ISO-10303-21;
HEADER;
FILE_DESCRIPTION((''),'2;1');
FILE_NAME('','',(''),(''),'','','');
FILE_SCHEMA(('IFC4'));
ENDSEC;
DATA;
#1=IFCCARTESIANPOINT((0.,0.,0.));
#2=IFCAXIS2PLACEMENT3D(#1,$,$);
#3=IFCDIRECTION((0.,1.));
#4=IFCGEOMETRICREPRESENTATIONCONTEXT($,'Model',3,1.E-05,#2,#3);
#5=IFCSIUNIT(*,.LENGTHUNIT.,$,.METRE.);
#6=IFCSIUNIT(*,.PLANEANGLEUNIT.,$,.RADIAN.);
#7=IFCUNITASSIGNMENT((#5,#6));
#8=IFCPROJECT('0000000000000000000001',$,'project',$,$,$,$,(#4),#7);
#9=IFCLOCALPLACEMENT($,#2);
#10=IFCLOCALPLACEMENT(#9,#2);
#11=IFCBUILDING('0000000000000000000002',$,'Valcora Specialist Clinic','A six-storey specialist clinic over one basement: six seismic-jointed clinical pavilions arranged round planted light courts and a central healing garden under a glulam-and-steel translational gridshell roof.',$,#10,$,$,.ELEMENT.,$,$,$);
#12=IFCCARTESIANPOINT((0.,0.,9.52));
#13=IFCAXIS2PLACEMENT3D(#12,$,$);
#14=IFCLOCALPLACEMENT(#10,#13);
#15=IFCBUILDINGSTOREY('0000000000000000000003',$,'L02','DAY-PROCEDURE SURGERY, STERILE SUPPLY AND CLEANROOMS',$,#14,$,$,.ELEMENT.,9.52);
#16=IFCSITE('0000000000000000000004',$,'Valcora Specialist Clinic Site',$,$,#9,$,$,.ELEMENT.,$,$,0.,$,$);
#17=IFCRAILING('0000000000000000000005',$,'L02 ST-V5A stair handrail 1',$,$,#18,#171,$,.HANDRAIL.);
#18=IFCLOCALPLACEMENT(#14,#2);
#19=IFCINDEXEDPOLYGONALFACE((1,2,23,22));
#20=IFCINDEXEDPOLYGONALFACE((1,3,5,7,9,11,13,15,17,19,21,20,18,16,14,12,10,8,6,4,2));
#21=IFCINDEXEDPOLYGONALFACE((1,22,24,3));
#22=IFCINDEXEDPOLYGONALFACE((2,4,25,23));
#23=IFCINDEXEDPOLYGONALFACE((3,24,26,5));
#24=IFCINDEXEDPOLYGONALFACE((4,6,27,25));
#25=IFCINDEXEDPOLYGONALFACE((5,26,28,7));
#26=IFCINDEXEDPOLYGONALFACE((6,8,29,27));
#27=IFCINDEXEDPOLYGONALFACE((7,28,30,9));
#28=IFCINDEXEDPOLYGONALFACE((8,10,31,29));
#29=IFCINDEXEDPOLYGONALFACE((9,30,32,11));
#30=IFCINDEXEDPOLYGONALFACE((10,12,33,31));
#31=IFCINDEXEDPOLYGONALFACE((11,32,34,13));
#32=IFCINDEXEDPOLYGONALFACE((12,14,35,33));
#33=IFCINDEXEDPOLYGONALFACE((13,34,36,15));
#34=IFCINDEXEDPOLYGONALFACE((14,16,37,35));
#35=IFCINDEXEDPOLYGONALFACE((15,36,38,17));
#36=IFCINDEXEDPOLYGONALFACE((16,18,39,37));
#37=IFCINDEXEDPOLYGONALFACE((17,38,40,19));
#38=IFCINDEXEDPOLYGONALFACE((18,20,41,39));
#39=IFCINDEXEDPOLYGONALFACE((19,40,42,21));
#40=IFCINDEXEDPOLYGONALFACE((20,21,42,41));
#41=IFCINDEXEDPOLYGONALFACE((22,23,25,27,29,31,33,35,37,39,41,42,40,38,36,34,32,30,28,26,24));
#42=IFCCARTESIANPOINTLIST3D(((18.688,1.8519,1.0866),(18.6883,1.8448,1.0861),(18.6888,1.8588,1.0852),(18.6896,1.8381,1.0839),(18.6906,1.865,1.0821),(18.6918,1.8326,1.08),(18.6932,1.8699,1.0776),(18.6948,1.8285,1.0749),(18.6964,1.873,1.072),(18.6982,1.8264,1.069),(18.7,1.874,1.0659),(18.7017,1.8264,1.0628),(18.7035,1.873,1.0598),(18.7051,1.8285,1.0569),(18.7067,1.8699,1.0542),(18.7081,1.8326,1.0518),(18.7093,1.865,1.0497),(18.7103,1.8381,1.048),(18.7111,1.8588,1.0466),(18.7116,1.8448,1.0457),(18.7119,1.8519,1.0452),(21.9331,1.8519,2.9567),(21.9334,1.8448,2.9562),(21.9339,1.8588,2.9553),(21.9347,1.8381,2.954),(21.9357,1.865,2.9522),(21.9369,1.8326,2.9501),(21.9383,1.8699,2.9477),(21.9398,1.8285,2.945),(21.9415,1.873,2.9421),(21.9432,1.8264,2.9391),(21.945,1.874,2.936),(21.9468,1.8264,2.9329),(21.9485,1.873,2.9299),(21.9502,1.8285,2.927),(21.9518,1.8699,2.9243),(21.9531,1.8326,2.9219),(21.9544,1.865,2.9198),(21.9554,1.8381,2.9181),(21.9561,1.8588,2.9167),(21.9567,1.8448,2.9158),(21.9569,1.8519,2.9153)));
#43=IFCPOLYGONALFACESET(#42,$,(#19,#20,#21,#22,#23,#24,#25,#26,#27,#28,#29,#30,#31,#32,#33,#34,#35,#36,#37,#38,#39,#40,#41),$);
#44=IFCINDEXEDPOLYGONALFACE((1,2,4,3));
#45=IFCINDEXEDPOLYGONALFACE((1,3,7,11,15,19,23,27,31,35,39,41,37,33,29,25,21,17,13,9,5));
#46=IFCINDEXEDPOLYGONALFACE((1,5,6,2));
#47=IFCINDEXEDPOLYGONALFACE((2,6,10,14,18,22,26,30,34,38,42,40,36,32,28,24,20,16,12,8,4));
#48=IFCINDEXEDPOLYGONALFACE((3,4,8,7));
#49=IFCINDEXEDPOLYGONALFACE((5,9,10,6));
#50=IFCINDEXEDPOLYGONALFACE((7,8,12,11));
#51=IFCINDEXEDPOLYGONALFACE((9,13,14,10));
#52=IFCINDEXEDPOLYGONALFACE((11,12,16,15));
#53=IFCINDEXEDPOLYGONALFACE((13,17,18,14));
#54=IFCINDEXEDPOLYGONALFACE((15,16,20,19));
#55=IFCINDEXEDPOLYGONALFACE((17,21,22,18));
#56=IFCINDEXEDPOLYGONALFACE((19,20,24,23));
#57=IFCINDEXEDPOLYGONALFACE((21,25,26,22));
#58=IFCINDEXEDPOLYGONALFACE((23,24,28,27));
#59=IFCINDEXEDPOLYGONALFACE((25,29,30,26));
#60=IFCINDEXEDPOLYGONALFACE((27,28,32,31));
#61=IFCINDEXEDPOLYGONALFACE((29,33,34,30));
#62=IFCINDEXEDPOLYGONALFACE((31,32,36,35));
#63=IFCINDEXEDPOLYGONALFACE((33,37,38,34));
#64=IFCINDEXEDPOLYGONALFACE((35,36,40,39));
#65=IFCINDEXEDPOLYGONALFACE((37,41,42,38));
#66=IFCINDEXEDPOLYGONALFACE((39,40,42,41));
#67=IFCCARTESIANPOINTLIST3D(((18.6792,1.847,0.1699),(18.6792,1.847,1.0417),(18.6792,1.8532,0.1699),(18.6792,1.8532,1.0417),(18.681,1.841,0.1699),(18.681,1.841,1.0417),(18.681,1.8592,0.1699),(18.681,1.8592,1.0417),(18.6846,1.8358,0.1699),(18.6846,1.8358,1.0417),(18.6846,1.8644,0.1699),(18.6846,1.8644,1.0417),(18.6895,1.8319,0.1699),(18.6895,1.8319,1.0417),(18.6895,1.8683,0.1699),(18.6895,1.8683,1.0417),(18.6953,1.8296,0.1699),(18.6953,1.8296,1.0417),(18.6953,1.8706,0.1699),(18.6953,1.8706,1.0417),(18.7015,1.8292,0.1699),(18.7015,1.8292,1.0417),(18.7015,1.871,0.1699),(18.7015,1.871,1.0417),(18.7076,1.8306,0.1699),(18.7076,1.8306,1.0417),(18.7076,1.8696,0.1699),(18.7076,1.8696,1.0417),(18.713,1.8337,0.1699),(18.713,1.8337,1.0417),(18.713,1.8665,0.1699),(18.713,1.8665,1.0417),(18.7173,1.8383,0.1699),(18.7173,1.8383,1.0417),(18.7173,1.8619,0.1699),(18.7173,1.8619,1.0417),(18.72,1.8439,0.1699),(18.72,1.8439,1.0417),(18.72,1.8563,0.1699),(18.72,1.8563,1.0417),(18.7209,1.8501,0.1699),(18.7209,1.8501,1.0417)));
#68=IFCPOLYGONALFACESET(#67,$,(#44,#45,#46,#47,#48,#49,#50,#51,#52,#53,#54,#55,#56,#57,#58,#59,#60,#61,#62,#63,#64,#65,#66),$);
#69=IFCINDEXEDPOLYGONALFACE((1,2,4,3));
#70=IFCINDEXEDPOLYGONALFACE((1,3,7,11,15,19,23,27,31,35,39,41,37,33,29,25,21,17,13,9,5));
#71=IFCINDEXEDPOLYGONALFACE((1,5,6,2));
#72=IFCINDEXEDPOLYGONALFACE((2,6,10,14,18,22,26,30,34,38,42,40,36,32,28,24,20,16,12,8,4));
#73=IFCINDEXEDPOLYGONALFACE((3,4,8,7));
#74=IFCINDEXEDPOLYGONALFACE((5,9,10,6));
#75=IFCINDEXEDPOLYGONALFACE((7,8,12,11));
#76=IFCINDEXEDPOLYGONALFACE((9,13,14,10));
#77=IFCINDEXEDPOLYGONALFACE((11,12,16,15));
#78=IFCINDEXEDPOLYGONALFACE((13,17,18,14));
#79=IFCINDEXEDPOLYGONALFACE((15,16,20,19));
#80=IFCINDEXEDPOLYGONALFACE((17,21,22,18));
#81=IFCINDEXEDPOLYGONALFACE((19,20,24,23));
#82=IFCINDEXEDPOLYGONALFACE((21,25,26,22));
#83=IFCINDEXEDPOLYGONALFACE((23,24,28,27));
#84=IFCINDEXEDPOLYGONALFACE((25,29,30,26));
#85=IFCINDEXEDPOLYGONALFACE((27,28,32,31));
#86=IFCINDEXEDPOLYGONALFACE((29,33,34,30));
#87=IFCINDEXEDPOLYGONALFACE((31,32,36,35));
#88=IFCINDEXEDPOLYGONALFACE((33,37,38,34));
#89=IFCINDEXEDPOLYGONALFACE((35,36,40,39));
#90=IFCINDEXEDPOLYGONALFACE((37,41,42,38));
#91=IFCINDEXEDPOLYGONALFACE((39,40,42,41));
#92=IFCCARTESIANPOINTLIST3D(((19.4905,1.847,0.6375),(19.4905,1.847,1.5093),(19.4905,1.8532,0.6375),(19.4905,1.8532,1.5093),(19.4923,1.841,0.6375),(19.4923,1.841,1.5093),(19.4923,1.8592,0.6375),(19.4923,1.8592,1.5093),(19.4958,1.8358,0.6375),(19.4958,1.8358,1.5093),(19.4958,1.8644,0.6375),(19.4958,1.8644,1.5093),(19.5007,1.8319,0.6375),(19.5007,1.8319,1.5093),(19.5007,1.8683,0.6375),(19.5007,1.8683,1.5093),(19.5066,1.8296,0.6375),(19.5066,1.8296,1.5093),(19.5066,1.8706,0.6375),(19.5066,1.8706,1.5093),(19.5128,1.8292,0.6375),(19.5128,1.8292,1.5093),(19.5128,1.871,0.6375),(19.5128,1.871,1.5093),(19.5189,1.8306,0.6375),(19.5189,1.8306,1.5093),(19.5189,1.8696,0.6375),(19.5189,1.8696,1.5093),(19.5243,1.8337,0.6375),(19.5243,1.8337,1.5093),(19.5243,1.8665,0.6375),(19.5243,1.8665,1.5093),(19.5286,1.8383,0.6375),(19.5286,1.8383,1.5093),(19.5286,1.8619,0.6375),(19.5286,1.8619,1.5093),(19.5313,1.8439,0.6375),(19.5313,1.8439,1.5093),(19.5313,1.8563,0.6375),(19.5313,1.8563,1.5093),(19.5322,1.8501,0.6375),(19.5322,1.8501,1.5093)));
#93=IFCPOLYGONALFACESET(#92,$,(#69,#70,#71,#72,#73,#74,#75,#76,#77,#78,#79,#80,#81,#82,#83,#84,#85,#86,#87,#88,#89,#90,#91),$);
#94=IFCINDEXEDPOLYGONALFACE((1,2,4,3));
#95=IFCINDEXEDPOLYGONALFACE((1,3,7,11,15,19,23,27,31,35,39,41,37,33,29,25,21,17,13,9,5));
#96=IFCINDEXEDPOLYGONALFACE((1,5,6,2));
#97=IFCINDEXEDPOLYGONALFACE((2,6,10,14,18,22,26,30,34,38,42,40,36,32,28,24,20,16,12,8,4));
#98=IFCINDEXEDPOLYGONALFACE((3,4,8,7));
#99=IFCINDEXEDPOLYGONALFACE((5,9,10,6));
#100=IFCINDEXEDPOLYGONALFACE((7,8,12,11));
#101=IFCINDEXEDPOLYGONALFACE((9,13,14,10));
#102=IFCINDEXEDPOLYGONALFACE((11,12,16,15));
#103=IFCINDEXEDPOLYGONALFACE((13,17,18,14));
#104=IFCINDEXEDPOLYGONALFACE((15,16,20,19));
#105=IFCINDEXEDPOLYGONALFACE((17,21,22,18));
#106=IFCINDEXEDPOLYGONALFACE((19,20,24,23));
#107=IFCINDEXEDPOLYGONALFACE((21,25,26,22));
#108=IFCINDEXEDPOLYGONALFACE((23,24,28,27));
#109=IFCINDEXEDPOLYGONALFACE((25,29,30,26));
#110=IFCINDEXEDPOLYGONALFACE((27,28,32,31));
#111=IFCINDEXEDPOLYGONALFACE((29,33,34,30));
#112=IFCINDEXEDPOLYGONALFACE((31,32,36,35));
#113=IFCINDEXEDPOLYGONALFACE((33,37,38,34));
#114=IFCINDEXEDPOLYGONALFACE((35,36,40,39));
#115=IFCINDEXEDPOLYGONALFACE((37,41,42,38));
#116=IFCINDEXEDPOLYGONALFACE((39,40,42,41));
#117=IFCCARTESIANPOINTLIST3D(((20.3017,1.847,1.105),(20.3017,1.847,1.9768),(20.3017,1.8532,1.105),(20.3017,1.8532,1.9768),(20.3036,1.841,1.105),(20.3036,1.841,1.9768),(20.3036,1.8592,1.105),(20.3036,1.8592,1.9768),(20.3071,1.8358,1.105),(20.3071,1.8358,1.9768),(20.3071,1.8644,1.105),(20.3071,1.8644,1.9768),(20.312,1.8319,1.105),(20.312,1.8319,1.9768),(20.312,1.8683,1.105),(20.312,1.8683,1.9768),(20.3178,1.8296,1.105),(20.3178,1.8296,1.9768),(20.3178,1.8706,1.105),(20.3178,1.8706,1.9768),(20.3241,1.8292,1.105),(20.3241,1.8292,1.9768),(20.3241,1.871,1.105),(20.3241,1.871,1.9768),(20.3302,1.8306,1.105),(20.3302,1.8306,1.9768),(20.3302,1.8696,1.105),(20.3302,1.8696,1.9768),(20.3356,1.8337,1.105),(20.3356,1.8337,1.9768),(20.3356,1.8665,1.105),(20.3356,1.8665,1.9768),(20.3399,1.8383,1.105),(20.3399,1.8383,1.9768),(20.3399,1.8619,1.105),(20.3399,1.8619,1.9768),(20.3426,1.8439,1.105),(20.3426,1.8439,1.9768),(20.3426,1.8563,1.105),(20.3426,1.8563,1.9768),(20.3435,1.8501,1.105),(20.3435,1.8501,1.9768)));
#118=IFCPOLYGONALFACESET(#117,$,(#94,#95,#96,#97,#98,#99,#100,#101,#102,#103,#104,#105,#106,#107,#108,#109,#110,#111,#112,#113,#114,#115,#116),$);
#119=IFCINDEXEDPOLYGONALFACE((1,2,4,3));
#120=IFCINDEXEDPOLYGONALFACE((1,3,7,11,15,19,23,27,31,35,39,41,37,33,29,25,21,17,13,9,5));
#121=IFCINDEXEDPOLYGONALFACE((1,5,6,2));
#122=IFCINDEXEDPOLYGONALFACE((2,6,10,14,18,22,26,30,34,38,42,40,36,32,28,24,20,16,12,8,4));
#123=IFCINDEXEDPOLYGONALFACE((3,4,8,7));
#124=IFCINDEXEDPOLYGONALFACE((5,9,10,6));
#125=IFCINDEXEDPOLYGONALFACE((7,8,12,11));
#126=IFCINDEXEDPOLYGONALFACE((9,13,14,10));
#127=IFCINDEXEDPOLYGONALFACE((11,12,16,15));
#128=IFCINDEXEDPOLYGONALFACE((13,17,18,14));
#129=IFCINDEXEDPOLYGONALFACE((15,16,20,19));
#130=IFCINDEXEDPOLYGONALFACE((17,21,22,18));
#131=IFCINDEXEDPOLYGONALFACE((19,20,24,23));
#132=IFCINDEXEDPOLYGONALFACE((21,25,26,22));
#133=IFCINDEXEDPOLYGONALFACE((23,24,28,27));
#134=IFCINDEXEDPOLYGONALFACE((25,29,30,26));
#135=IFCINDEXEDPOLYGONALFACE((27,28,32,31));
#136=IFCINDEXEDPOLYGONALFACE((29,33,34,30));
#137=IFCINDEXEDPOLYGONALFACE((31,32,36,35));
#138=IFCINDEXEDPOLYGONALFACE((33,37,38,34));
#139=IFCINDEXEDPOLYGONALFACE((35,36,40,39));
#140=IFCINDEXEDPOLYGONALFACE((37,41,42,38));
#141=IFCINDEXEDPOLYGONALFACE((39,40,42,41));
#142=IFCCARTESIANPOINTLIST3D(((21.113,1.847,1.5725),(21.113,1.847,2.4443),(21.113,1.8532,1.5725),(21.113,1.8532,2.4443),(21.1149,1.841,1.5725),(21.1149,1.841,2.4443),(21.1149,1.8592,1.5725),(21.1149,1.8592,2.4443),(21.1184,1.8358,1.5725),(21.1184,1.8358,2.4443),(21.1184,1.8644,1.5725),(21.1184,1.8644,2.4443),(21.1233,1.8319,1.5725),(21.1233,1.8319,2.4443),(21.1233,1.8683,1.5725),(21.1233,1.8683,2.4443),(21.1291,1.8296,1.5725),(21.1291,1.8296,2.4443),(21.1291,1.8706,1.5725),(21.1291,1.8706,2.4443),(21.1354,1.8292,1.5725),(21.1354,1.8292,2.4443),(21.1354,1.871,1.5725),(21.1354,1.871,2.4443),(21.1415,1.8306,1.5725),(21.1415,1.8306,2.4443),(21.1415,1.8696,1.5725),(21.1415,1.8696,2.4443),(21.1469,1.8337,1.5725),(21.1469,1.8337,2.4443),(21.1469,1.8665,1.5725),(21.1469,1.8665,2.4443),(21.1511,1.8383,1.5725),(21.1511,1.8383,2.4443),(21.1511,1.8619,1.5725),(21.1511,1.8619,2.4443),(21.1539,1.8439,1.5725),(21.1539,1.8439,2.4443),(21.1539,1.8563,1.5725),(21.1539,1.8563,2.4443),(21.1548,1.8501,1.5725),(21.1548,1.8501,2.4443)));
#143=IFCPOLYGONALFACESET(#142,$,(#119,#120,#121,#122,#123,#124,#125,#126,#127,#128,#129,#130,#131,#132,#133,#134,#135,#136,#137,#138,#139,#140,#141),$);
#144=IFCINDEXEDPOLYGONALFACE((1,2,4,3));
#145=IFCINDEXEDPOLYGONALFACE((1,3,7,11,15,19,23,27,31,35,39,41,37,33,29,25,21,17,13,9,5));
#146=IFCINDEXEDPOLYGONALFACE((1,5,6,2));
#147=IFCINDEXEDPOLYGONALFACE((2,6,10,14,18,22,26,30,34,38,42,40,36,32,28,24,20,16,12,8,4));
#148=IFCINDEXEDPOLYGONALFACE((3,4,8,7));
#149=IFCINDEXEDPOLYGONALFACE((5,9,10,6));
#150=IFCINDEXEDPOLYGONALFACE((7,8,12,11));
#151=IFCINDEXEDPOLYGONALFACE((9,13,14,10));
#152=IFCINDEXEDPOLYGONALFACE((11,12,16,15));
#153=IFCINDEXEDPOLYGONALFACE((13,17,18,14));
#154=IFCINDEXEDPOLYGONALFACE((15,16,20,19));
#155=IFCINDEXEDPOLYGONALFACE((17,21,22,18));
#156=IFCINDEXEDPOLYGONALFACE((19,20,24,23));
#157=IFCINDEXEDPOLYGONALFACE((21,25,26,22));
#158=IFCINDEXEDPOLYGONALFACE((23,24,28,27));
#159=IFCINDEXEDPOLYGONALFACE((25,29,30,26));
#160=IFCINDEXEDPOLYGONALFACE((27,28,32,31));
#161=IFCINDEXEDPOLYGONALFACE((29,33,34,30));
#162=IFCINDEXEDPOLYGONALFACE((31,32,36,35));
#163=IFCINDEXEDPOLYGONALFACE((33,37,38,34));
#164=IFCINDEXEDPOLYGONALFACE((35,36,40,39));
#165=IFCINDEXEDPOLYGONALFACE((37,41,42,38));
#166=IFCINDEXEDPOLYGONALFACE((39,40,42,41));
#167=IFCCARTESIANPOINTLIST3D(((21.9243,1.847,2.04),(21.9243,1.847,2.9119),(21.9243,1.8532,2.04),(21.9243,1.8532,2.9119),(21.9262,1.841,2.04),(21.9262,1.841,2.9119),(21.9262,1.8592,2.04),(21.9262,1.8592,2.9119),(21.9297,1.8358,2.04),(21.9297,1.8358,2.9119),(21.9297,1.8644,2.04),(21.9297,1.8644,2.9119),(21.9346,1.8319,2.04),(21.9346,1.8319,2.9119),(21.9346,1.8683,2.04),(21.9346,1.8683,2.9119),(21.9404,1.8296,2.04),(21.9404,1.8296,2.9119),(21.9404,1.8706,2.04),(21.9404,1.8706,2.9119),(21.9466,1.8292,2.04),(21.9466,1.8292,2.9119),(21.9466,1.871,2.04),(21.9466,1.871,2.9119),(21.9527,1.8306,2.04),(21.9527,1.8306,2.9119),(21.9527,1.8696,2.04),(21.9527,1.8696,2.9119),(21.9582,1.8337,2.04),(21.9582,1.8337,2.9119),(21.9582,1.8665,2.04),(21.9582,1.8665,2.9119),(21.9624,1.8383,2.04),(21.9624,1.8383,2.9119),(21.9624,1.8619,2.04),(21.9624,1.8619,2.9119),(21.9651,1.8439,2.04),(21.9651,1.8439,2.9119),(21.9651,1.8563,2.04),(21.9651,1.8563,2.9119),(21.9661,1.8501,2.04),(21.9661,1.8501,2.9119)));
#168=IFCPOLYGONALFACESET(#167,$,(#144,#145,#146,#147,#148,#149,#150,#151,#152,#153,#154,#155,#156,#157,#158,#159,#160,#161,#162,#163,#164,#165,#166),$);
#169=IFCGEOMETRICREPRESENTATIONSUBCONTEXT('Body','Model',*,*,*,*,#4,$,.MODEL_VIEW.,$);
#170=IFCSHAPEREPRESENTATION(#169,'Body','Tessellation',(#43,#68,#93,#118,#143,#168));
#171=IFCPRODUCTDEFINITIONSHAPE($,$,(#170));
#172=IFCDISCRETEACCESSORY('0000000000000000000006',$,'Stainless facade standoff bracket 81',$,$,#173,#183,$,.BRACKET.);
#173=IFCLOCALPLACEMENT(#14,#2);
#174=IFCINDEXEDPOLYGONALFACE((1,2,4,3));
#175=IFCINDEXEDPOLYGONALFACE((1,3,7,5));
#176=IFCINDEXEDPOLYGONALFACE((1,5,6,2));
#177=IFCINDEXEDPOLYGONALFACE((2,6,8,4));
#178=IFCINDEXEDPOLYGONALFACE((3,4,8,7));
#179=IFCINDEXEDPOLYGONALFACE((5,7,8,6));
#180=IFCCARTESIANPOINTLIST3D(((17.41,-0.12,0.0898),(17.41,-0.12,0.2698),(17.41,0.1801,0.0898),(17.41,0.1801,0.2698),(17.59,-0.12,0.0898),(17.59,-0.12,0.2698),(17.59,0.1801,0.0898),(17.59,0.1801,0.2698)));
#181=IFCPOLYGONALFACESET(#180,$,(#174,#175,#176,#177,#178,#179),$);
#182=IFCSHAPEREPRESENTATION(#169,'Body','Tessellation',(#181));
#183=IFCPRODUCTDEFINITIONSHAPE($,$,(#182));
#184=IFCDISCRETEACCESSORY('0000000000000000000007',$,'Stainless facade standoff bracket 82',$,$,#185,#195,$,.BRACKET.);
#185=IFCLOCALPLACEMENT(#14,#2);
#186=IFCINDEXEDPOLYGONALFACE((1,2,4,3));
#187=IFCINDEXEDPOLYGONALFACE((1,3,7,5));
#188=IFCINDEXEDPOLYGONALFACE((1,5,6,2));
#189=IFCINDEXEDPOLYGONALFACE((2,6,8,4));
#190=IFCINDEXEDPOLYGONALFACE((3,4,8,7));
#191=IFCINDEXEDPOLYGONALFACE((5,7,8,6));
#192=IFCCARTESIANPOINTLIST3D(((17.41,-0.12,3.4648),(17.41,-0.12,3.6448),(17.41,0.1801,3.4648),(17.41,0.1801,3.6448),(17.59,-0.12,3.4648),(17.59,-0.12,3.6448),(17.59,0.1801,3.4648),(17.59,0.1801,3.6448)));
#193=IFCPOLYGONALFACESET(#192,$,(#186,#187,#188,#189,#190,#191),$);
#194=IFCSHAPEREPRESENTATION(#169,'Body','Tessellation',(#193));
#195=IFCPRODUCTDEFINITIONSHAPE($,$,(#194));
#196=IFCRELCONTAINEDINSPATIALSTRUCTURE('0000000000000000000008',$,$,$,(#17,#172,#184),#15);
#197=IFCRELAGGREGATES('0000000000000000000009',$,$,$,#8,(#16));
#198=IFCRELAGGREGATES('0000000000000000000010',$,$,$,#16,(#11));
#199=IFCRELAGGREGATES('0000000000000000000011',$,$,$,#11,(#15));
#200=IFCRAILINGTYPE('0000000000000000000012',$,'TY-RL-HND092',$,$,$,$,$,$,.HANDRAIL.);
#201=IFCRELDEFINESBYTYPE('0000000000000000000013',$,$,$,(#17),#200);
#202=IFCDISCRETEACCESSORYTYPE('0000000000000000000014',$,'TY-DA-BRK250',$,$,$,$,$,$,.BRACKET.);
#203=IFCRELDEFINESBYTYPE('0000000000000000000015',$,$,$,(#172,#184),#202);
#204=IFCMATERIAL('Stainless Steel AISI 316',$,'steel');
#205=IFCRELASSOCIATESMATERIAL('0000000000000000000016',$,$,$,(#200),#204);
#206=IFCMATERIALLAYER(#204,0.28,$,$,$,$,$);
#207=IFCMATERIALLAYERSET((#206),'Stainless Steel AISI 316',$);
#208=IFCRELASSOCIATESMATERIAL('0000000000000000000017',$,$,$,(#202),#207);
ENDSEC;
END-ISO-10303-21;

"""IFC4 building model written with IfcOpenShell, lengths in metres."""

from ifc_helpers import new_model, si_unit, direction, frame, origin, origin_2d, place, context, subcontext, project, spatial, rectangle, circle, extrude, material, layer, layer_set, type_object, element, save


model = new_model("IFC4")

# Units and contexts
model_context = context("Model", 3, precision=1e-05, world=origin(), true_north=direction((0.0, 1.0)))
body_context = subcontext(model_context, "Body", "Model", "MODEL_VIEW")
ifc_project = project(units=[si_unit("LENGTHUNIT", "METRE"), si_unit("PLANEANGLEUNIT", "RADIAN")], contexts=[model_context])

# Site, building, storey
site_placement = place(None, origin())
site = spatial("IfcSite", under=ifc_project, at=site_placement, Name="Valcora Specialist Clinic Site", CompositionType="ELEMENT", RefElevation=0.0)
building_placement = place(site_placement, origin())
building = spatial("IfcBuilding", under=site, at=building_placement, Name="Valcora Specialist Clinic", Description="A six-storey specialist clinic over one basement: six seismic-jointed clinical pavilions arranged round planted light courts and a central healing garden under a glulam-and-steel translational gridshell roof.", CompositionType="ELEMENT")
storey_placement = place(building_placement, frame((0.0, 0.0, 9.52)))
storey = spatial("IfcBuildingStorey", under=building, at=storey_placement, Name="L02", Description="DAY-PROCEDURE SURGERY, STERILE SUPPLY AND CLEANROOMS", CompositionType="ELEMENT", Elevation=9.52)

# Railing
ifc_material_1 = material(Name="Stainless Steel AISI 316", Category="steel")
railing_type_1 = type_object("IfcRailingType", Name="TY-RL-HND092", PredefinedType="HANDRAIL", material=ifc_material_1)
railing_1_placement = place(storey_placement, frame((18.7, 1.8501, 0.1699)))
element("IfcRailing", 1, at=railing_1_placement, inside=storey, type_object=railing_type_1, Name="L02 ST-V5A stair handrail 1", PredefinedType="HANDRAIL", context=body_context, shape_type="SweptSolid", body=[
    extrude(circle(Radius=0.0239, at=origin_2d()), frame((0.0, 0.0, 0.896), z_axis=(0.866424, 0.0, 0.499309), x_axis=(0.0, 1.0, 0.0)), (0.0, 0.0, 1.0), 3.7454),
    extrude(circle(Radius=0.021, at=origin_2d()), origin(), (0.0, 0.0, 1.0), 0.8718),
    extrude(circle(Radius=0.021, at=origin_2d()), frame((0.8113, 0.0, 0.4675)), (0.0, 0.0, 1.0), 0.8718),
    extrude(circle(Radius=0.021, at=origin_2d()), frame((1.6226, 0.0, 0.9351)), (0.0, 0.0, 1.0), 0.8718),
    extrude(circle(Radius=0.021, at=origin_2d()), frame((2.4338, 0.0, 1.4026)), (0.0, 0.0, 1.0), 0.8718),
    extrude(circle(Radius=0.021, at=origin_2d()), frame((3.2451, 0.0, 1.8701)), (0.0, 0.0, 1.0), 0.8718),
])

# Discrete accessories
ifc_layer_1 = layer(ifc_material_1, 0.28)
ifc_layer_set_1 = layer_set([ifc_layer_1], Name="Stainless Steel AISI 316")
discrete_accessory_type = type_object("IfcDiscreteAccessoryType", Name="TY-DA-BRK250", PredefinedType="BRACKET", material=ifc_layer_set_1)
for number, where, z_axis, x_axis, name in (
    (2, (17.5, 0.03, 0.0898), (0.0, 0.0, 1.0), (1.0, 0.0, 0.0), "Stainless facade standoff bracket 81"),
    (3, (17.5, 0.03, 3.4648), (0.0, 0.0, 1.0), (1.0, 0.0, 0.0), "Stainless facade standoff bracket 82"),
):
    element("IfcDiscreteAccessory", number, at=place(storey_placement, frame(where, z_axis=z_axis, x_axis=x_axis)), inside=storey, type_object=discrete_accessory_type, Name=name, PredefinedType="BRACKET", context=body_context, shape_type="SweptSolid", body=[
        extrude(rectangle(XDim=0.1799, YDim=0.3, at=origin_2d()), origin(), (0.0, 0.0, 1.0), 0.1799),
    ])

save(model, "model.ifc")
